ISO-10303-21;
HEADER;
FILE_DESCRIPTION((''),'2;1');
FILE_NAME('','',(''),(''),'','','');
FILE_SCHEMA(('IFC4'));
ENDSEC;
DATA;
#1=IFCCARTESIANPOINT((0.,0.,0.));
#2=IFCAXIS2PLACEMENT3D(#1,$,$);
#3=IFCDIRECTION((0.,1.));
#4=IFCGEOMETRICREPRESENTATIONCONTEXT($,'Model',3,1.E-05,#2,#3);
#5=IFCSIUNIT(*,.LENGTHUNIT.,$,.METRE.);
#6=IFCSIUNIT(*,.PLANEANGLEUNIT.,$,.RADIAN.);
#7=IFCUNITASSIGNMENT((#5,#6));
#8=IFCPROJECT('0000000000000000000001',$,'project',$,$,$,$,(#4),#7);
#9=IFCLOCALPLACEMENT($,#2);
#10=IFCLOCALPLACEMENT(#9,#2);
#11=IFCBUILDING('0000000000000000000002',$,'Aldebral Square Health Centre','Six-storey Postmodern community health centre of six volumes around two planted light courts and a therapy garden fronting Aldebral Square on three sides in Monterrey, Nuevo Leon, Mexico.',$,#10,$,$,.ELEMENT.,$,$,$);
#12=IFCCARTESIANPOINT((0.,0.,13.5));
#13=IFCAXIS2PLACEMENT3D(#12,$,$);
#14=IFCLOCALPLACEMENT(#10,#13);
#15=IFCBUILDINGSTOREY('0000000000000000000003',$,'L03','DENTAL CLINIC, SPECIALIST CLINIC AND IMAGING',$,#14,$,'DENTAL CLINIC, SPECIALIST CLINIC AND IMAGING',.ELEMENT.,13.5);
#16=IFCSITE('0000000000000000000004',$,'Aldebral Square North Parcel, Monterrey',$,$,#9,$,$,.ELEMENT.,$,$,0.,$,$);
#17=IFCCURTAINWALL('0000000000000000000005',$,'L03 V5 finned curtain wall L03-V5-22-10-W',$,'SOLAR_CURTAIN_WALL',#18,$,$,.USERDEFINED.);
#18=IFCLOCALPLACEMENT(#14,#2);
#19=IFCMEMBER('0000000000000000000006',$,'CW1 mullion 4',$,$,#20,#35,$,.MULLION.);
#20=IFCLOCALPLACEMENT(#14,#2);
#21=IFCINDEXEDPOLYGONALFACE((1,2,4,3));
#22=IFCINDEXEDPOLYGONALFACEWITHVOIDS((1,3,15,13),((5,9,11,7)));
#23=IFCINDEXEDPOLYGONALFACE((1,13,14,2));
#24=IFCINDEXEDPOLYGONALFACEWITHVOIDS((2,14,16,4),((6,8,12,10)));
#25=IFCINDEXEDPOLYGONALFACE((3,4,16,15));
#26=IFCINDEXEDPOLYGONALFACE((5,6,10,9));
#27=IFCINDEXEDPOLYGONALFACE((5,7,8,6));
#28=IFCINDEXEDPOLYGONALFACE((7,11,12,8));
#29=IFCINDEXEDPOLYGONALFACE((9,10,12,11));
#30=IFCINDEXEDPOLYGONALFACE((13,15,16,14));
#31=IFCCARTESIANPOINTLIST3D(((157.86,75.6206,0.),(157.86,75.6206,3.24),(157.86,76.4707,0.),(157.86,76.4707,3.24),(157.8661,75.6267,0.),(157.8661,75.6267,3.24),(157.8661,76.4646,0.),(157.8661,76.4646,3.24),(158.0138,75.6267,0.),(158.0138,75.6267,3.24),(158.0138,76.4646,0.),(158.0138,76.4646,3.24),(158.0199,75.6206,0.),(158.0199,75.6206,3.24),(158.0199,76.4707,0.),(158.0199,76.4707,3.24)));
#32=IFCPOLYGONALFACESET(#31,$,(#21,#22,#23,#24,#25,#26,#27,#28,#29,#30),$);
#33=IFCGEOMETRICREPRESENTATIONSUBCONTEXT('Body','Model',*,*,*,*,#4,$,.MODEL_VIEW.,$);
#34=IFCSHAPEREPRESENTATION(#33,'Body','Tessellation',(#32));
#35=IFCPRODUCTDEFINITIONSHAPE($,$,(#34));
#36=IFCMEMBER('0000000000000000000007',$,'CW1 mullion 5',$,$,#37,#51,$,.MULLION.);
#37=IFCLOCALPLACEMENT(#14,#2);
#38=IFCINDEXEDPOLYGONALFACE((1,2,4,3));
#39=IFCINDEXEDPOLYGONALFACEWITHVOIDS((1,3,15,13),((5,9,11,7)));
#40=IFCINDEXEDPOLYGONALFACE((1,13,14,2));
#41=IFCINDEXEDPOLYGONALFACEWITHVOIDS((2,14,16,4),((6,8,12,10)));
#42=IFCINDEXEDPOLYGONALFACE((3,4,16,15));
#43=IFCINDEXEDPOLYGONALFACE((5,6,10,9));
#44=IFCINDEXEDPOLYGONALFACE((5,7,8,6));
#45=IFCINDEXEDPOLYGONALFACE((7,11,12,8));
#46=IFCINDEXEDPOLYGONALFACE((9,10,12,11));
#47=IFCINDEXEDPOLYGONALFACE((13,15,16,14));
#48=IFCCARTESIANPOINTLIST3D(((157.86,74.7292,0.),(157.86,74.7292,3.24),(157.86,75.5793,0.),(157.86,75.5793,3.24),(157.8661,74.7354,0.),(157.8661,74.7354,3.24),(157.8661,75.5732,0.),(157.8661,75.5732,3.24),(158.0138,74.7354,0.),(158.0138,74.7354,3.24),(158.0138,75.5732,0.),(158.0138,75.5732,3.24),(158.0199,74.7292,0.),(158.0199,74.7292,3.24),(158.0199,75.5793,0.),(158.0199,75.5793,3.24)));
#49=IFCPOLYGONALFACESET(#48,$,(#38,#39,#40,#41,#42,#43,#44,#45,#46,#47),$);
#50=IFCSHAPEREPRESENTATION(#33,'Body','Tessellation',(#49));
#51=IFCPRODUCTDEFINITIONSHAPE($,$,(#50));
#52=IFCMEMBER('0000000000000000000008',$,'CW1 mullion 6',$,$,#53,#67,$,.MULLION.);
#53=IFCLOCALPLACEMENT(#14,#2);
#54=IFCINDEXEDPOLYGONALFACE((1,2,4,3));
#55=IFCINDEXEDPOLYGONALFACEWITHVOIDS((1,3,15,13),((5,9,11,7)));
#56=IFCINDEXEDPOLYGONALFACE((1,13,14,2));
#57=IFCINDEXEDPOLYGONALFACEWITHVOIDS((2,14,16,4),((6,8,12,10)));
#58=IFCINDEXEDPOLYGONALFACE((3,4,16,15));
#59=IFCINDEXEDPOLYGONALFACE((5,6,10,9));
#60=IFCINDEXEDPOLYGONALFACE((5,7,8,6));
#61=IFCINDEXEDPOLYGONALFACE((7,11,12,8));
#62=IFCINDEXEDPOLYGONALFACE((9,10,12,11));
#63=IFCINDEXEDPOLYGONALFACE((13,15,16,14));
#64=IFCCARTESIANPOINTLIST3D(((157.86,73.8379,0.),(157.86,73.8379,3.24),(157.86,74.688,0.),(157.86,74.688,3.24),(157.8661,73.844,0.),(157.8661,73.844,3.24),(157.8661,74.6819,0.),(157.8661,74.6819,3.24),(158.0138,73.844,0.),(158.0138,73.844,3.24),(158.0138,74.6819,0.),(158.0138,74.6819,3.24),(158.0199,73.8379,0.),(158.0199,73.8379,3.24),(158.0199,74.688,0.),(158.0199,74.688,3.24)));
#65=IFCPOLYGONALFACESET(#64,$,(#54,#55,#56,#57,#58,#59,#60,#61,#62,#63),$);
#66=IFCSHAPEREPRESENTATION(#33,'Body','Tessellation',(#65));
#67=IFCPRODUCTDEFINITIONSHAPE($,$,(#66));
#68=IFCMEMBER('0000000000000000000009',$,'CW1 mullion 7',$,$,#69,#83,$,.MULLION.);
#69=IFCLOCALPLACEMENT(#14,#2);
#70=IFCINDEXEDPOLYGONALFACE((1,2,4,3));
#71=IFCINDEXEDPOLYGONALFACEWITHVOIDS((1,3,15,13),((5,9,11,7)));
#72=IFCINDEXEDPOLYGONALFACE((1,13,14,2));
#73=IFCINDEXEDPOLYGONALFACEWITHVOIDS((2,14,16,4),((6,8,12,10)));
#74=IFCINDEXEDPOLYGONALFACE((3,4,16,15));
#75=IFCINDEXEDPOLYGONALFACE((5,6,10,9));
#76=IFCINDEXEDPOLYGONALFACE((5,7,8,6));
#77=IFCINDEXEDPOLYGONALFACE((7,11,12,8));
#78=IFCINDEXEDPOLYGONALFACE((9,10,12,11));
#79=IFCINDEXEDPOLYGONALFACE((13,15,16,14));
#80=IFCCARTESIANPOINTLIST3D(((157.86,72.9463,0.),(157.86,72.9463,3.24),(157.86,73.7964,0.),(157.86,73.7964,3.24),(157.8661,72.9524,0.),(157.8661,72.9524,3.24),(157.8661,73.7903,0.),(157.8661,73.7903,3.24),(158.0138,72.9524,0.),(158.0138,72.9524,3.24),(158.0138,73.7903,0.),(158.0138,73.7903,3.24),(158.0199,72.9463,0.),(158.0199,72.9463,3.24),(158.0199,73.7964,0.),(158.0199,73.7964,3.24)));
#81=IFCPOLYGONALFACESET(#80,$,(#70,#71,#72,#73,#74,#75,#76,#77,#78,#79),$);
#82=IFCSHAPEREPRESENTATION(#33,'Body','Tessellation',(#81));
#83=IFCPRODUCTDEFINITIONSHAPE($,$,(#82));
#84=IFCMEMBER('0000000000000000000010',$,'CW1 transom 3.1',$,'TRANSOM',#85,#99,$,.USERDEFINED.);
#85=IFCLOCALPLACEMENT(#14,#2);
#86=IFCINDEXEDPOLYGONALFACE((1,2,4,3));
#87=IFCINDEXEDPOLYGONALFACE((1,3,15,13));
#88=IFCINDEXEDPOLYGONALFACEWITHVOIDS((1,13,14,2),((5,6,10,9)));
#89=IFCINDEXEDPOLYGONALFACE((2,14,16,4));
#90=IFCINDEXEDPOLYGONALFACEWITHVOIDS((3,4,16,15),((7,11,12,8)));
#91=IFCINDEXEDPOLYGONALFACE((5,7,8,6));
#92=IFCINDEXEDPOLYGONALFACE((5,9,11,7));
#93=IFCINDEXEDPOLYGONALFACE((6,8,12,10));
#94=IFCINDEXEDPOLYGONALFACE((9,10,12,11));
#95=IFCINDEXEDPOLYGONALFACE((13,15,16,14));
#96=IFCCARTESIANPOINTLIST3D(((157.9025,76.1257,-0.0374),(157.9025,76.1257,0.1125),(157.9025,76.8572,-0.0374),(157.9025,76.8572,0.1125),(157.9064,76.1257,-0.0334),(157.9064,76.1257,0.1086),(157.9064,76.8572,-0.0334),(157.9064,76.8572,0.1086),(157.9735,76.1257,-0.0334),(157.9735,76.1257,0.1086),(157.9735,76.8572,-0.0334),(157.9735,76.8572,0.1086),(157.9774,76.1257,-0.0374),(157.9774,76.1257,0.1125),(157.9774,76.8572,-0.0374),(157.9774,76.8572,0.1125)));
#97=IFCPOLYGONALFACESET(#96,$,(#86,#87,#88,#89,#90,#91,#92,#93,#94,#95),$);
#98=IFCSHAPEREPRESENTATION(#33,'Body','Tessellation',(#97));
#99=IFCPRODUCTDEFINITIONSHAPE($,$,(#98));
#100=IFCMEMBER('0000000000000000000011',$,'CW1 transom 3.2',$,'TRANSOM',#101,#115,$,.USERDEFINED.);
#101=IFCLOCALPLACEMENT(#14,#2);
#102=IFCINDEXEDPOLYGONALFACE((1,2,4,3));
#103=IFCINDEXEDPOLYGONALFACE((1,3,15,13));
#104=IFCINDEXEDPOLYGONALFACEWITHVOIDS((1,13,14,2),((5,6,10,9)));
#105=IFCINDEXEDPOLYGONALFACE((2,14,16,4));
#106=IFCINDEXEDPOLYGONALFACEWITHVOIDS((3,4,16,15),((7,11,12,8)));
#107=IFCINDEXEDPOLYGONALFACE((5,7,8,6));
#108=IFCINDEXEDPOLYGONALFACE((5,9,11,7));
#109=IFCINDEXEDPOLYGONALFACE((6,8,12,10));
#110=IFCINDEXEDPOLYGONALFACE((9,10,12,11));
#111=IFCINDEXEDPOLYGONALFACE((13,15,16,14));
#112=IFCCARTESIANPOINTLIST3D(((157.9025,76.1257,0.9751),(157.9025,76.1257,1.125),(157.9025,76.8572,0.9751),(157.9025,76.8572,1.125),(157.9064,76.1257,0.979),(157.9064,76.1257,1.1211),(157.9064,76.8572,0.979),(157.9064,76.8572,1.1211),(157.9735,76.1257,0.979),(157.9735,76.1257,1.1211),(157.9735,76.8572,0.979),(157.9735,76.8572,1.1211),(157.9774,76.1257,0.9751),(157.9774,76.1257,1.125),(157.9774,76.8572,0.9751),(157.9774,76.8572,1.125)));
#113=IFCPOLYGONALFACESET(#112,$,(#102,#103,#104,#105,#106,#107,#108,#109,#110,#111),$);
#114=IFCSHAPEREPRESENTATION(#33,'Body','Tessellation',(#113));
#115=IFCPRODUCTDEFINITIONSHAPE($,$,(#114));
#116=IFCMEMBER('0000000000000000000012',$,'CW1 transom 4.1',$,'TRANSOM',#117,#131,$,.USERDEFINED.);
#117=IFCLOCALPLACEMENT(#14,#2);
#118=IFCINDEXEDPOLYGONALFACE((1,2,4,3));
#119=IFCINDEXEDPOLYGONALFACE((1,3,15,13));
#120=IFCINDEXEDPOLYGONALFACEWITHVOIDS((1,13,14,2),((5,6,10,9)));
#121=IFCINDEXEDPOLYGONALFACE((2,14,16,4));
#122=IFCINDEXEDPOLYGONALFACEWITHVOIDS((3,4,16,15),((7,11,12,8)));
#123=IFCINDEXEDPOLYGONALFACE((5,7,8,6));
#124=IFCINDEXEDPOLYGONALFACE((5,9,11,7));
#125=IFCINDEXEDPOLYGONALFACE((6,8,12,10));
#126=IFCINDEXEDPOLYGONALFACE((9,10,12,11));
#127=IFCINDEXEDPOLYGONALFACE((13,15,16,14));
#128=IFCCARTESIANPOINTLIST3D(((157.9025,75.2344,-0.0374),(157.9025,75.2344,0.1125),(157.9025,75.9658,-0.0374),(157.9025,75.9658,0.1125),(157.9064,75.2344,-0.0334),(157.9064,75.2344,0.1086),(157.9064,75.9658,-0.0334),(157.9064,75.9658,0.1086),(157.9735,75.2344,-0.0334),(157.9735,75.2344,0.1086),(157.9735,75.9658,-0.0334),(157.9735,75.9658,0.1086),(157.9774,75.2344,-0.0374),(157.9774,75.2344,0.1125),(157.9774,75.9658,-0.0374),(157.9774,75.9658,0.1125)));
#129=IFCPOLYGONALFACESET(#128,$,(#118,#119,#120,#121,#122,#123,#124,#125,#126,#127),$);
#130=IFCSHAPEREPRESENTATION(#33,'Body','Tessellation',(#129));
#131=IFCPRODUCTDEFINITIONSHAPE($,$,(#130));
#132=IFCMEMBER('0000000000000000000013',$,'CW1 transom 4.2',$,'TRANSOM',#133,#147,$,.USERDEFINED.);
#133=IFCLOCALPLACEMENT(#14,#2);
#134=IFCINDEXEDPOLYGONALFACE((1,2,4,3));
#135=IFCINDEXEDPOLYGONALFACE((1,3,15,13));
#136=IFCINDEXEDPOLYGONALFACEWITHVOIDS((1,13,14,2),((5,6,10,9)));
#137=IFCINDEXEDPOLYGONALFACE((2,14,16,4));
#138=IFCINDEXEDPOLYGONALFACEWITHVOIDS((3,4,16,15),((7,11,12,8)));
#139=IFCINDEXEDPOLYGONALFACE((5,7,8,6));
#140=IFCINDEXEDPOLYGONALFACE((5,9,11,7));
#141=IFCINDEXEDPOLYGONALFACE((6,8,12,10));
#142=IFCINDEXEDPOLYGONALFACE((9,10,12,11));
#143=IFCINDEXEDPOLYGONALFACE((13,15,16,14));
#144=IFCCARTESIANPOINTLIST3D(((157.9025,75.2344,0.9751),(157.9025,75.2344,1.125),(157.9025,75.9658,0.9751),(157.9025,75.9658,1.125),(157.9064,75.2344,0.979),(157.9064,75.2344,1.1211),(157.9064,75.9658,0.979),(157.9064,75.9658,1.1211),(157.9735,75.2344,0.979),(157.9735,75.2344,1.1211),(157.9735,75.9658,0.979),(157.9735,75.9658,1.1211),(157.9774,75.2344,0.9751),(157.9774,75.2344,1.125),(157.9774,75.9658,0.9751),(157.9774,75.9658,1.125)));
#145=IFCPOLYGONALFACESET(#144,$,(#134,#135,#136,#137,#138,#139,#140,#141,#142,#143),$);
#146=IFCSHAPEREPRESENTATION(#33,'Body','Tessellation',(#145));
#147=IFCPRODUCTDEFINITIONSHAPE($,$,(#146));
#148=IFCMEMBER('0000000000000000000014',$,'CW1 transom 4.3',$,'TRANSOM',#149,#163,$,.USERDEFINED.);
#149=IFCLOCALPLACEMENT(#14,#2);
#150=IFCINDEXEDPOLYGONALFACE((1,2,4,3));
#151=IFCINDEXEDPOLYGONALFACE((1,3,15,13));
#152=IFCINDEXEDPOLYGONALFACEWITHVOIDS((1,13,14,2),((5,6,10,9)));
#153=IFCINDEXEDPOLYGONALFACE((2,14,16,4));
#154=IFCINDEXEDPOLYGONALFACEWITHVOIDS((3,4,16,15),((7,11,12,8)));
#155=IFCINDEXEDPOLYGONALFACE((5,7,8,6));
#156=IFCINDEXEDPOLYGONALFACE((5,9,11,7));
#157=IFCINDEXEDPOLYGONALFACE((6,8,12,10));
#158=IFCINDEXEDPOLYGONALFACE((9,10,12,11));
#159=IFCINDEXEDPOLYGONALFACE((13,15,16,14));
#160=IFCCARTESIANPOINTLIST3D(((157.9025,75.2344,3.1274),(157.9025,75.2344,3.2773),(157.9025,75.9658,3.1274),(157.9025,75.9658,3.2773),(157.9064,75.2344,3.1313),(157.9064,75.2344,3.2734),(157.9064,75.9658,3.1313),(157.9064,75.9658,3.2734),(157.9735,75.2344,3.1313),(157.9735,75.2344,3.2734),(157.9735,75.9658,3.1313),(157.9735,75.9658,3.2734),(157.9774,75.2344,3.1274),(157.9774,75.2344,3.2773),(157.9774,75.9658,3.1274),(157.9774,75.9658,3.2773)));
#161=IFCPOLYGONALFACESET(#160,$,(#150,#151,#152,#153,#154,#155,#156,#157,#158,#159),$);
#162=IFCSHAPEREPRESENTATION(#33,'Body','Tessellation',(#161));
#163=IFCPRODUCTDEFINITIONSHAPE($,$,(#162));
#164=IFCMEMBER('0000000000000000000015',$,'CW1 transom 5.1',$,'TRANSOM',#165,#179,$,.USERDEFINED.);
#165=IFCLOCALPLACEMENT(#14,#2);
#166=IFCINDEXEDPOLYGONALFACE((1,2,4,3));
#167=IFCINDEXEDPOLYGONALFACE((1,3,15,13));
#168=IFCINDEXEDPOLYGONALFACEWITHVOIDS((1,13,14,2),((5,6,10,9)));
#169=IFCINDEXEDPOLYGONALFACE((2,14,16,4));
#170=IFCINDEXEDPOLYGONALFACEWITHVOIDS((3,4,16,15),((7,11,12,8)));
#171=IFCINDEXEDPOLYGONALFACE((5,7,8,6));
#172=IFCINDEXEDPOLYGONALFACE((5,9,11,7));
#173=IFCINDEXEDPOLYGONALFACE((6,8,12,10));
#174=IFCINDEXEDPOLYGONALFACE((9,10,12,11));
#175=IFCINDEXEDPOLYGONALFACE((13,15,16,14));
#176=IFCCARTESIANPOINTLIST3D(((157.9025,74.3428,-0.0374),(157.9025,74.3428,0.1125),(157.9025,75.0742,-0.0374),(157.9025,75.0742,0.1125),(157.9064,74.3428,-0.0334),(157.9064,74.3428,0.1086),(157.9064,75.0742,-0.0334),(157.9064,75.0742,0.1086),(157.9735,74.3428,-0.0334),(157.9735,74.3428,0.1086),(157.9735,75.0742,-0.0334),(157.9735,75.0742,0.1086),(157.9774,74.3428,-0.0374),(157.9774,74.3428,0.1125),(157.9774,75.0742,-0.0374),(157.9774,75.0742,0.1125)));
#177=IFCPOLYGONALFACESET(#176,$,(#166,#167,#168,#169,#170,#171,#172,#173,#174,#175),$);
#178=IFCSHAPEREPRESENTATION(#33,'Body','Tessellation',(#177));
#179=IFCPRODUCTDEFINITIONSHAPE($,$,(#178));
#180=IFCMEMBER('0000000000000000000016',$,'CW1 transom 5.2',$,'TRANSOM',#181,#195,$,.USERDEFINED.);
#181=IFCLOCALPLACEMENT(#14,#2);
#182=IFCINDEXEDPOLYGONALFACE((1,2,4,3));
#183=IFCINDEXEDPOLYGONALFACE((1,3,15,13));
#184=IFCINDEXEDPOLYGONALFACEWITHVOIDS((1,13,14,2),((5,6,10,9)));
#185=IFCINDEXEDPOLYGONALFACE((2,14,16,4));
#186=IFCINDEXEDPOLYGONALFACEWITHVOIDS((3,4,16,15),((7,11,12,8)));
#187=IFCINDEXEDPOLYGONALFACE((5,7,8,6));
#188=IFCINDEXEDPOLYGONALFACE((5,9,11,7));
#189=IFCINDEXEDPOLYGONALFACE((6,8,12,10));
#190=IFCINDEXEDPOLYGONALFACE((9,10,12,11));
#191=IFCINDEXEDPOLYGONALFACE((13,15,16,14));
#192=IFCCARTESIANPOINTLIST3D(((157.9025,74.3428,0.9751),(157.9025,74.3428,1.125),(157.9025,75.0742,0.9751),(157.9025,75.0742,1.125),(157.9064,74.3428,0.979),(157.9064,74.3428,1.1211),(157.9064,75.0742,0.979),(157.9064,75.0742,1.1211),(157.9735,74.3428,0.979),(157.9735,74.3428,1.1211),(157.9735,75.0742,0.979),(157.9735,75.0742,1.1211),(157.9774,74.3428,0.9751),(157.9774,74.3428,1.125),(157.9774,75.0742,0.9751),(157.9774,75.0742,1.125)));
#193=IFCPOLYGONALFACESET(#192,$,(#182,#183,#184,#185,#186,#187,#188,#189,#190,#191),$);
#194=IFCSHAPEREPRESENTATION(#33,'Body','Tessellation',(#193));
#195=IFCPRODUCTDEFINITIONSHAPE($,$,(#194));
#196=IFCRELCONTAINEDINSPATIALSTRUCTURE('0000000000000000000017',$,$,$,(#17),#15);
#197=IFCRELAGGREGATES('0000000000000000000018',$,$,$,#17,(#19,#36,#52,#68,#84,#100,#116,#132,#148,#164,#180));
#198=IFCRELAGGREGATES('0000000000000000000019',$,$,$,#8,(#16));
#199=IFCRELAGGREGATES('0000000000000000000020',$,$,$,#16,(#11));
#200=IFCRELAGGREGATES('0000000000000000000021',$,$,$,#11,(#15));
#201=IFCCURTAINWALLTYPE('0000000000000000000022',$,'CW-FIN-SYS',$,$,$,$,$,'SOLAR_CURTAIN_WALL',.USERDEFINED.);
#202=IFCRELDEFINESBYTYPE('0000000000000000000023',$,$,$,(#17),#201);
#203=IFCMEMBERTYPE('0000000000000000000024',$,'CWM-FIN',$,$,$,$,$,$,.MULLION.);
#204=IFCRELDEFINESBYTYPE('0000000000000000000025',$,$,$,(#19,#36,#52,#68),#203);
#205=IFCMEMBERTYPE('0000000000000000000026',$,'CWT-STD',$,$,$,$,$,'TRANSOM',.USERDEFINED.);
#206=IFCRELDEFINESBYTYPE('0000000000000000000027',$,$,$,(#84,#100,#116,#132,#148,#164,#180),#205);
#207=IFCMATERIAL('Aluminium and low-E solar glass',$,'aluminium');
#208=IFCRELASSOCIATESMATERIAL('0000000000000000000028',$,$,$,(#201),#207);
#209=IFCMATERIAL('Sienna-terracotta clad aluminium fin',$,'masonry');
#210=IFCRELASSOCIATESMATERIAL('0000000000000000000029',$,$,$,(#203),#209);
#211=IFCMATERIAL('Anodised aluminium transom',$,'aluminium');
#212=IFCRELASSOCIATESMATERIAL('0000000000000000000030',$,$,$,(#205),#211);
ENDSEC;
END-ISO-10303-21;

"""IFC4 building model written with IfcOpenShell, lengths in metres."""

from ifc_helpers import new_model, si_unit, direction, frame, origin, origin_2d, place, context, subcontext, project, spatial, hollow_rectangle, extrude, material, material_profile, profile_set, type_object, element, aggregate, save


model = new_model("IFC4")

# Units and contexts
model_context = context("Model", 3, precision=1e-05, world=origin(), true_north=direction((0.0, 1.0)))
body_context = subcontext(model_context, "Body", "Model", "MODEL_VIEW")
ifc_project = project(units=[si_unit("LENGTHUNIT", "METRE"), si_unit("PLANEANGLEUNIT", "RADIAN")], contexts=[model_context])

# Site, building, storey
site_placement = place(None, origin())
site = spatial("IfcSite", under=ifc_project, at=site_placement, Name="Aldebral Square North Parcel, Monterrey", CompositionType="ELEMENT", RefElevation=0.0)
building_placement = place(site_placement, origin())
building = spatial("IfcBuilding", under=site, at=building_placement, Name="Aldebral Square Health Centre", Description="Six-storey Postmodern community health centre of six volumes around two planted light courts and a therapy garden fronting Aldebral Square on three sides in Monterrey, Nuevo Leon, Mexico.", CompositionType="ELEMENT")
storey_placement = place(building_placement, frame((0.0, 0.0, 13.5)))
storey = spatial("IfcBuildingStorey", under=building, at=storey_placement, Name="L03", Description="DENTAL CLINIC, SPECIALIST CLINIC AND IMAGING", LongName="DENTAL CLINIC, SPECIALIST CLINIC AND IMAGING", CompositionType="ELEMENT", Elevation=13.5)

# Curtain wall, members
ifc_material_1 = material(Name="Aluminium and low-E solar glass", Category="aluminium")
curtain_wall_type = type_object("IfcCurtainWallType", Name="CW-FIN-SYS", ElementType="SOLAR_CURTAIN_WALL", PredefinedType="USERDEFINED", material=ifc_material_1)
curtain_wall_placement = place(storey_placement, origin())
curtain_wall = element("IfcCurtainWall", 1, at=curtain_wall_placement, inside=storey, type_object=curtain_wall_type, Name="L03 V5 finned curtain wall L03-V5-22-10-W", ObjectType="SOLAR_CURTAIN_WALL", PredefinedType="USERDEFINED")
ifc_material_2 = material(Name="Sienna-terracotta clad aluminium fin", Category="masonry")
ifc_material_profile_1 = material_profile(ifc_material_2, hollow_rectangle(XDim=0.1599, YDim=0.8501, WallThickness=0.0061, at=origin_2d()), Name="FIN 160x850x6")
ifc_profile_set_1 = profile_set([ifc_material_profile_1], Name="Sienna-terracotta clad aluminium fin")
member_type_1 = type_object("IfcMemberType", Name="CWM-FIN", PredefinedType="MULLION", material=ifc_profile_set_1)
member_1_placement = place(storey_placement, frame((157.9399, 76.0457, 0.0), z_axis=(0.0, 0.0, 1.0), x_axis=(1.0, 0.0, 0.0)))
member_1 = element("IfcMember", 2, at=member_1_placement, type_object=member_type_1, Name="CW1 mullion 4", PredefinedType="MULLION", context=body_context, shape_type="SweptSolid", body=[
    extrude(hollow_rectangle(XDim=0.1599, YDim=0.8501, WallThickness=0.0061, at=origin_2d()), origin(), (0.0, 0.0, 1.0), 3.24),
])
member_2_placement = place(storey_placement, frame((157.9399, 75.1543, 0.0), z_axis=(0.0, 0.0, 1.0), x_axis=(1.0, 0.0, 0.0)))
member_2 = element("IfcMember", 3, at=member_2_placement, type_object=member_type_1, Name="CW1 mullion 5", PredefinedType="MULLION", context=body_context, shape_type="SweptSolid", body=[
    extrude(hollow_rectangle(XDim=0.1599, YDim=0.8501, WallThickness=0.0061, at=origin_2d()), origin(), (0.0, 0.0, 1.0), 3.24),
])
member_3_placement = place(storey_placement, frame((157.9399, 74.2629, 0.0), z_axis=(0.0, 0.0, 1.0), x_axis=(1.0, 0.0, 0.0)))
member_3 = element("IfcMember", 4, at=member_3_placement, type_object=member_type_1, Name="CW1 mullion 6", PredefinedType="MULLION", context=body_context, shape_type="SweptSolid", body=[
    extrude(hollow_rectangle(XDim=0.1599, YDim=0.8501, WallThickness=0.0061, at=origin_2d()), origin(), (0.0, 0.0, 1.0), 3.24),
])
member_4_placement = place(storey_placement, frame((157.9399, 73.3713, 0.0), z_axis=(0.0, 0.0, 1.0), x_axis=(1.0, 0.0, 0.0)))
member_4 = element("IfcMember", 5, at=member_4_placement, type_object=member_type_1, Name="CW1 mullion 7", PredefinedType="MULLION", context=body_context, shape_type="SweptSolid", body=[
    extrude(hollow_rectangle(XDim=0.1599, YDim=0.8501, WallThickness=0.0061, at=origin_2d()), origin(), (0.0, 0.0, 1.0), 3.24),
])
ifc_material_3 = material(Name="Anodised aluminium transom", Category="aluminium")
ifc_material_profile_2 = material_profile(ifc_material_3, hollow_rectangle(XDim=0.075, YDim=0.1499, WallThickness=0.0039, at=origin_2d()), Name="CWT 75x150x4")
ifc_profile_set_2 = profile_set([ifc_material_profile_2], Name="Anodised aluminium transom")
member_type_2 = type_object("IfcMemberType", Name="CWT-STD", ElementType="TRANSOM", PredefinedType="USERDEFINED", material=ifc_profile_set_2)
member_5_placement = place(storey_placement, frame((157.9399, 76.8572, 0.0376), z_axis=(0.0, -1.0, 0.0), x_axis=(1.0, 0.0, 0.0)))
member_5 = element("IfcMember", 6, at=member_5_placement, type_object=member_type_2, Name="CW1 transom 3.1", ObjectType="TRANSOM", PredefinedType="USERDEFINED", context=body_context, shape_type="SweptSolid", body=[
    extrude(hollow_rectangle(XDim=0.075, YDim=0.1499, WallThickness=0.0039, at=origin_2d()), origin(), (0.0, 0.0, 1.0), 0.7314),
])
member_6_placement = place(storey_placement, frame((157.9399, 76.8572, 1.05), z_axis=(0.0, -1.0, 0.0), x_axis=(1.0, 0.0, 0.0)))
member_6 = element("IfcMember", 7, at=member_6_placement, type_object=member_type_2, Name="CW1 transom 3.2", ObjectType="TRANSOM", PredefinedType="USERDEFINED", context=body_context, shape_type="SweptSolid", body=[
    extrude(hollow_rectangle(XDim=0.075, YDim=0.1499, WallThickness=0.0039, at=origin_2d()), origin(), (0.0, 0.0, 1.0), 0.7314),
])
member_7_placement = place(storey_placement, frame((157.9399, 75.9658, 0.0376), z_axis=(0.0, -1.0, 0.0), x_axis=(1.0, 0.0, 0.0)))
member_7 = element("IfcMember", 8, at=member_7_placement, type_object=member_type_2, Name="CW1 transom 4.1", ObjectType="TRANSOM", PredefinedType="USERDEFINED", context=body_context, shape_type="SweptSolid", body=[
    extrude(hollow_rectangle(XDim=0.075, YDim=0.1499, WallThickness=0.0039, at=origin_2d()), origin(), (0.0, 0.0, 1.0), 0.7314),
])
member_8_placement = place(storey_placement, frame((157.9399, 75.9658, 1.05), z_axis=(0.0, -1.0, 0.0), x_axis=(1.0, 0.0, 0.0)))
member_8 = element("IfcMember", 9, at=member_8_placement, type_object=member_type_2, Name="CW1 transom 4.2", ObjectType="TRANSOM", PredefinedType="USERDEFINED", context=body_context, shape_type="SweptSolid", body=[
    extrude(hollow_rectangle(XDim=0.075, YDim=0.1499, WallThickness=0.0039, at=origin_2d()), origin(), (0.0, 0.0, 1.0), 0.7314),
])
member_9_placement = place(storey_placement, frame((157.9399, 75.9658, 3.2024), z_axis=(0.0, -1.0, 0.0), x_axis=(1.0, 0.0, 0.0)))
member_9 = element("IfcMember", 10, at=member_9_placement, type_object=member_type_2, Name="CW1 transom 4.3", ObjectType="TRANSOM", PredefinedType="USERDEFINED", context=body_context, shape_type="SweptSolid", body=[
    extrude(hollow_rectangle(XDim=0.075, YDim=0.1499, WallThickness=0.0039, at=origin_2d()), origin(), (0.0, 0.0, 1.0), 0.7314),
])
member_10_placement = place(storey_placement, frame((157.9399, 75.0742, 0.0376), z_axis=(0.0, -1.0, 0.0), x_axis=(1.0, 0.0, 0.0)))
member_10 = element("IfcMember", 11, at=member_10_placement, type_object=member_type_2, Name="CW1 transom 5.1", ObjectType="TRANSOM", PredefinedType="USERDEFINED", context=body_context, shape_type="SweptSolid", body=[
    extrude(hollow_rectangle(XDim=0.075, YDim=0.1499, WallThickness=0.0039, at=origin_2d()), origin(), (0.0, 0.0, 1.0), 0.7314),
])
member_11_placement = place(storey_placement, frame((157.9399, 75.0742, 1.05), z_axis=(0.0, -1.0, 0.0), x_axis=(1.0, 0.0, 0.0)))
member_11 = element("IfcMember", 12, at=member_11_placement, type_object=member_type_2, Name="CW1 transom 5.2", ObjectType="TRANSOM", PredefinedType="USERDEFINED", context=body_context, shape_type="SweptSolid", body=[
    extrude(hollow_rectangle(XDim=0.075, YDim=0.1499, WallThickness=0.0039, at=origin_2d()), origin(), (0.0, 0.0, 1.0), 0.7314),
])
aggregate(curtain_wall, [member_1, member_2, member_3, member_4, member_5, member_6, member_7, member_8, member_9, member_10, member_11])

save(model, "model.ifc")
